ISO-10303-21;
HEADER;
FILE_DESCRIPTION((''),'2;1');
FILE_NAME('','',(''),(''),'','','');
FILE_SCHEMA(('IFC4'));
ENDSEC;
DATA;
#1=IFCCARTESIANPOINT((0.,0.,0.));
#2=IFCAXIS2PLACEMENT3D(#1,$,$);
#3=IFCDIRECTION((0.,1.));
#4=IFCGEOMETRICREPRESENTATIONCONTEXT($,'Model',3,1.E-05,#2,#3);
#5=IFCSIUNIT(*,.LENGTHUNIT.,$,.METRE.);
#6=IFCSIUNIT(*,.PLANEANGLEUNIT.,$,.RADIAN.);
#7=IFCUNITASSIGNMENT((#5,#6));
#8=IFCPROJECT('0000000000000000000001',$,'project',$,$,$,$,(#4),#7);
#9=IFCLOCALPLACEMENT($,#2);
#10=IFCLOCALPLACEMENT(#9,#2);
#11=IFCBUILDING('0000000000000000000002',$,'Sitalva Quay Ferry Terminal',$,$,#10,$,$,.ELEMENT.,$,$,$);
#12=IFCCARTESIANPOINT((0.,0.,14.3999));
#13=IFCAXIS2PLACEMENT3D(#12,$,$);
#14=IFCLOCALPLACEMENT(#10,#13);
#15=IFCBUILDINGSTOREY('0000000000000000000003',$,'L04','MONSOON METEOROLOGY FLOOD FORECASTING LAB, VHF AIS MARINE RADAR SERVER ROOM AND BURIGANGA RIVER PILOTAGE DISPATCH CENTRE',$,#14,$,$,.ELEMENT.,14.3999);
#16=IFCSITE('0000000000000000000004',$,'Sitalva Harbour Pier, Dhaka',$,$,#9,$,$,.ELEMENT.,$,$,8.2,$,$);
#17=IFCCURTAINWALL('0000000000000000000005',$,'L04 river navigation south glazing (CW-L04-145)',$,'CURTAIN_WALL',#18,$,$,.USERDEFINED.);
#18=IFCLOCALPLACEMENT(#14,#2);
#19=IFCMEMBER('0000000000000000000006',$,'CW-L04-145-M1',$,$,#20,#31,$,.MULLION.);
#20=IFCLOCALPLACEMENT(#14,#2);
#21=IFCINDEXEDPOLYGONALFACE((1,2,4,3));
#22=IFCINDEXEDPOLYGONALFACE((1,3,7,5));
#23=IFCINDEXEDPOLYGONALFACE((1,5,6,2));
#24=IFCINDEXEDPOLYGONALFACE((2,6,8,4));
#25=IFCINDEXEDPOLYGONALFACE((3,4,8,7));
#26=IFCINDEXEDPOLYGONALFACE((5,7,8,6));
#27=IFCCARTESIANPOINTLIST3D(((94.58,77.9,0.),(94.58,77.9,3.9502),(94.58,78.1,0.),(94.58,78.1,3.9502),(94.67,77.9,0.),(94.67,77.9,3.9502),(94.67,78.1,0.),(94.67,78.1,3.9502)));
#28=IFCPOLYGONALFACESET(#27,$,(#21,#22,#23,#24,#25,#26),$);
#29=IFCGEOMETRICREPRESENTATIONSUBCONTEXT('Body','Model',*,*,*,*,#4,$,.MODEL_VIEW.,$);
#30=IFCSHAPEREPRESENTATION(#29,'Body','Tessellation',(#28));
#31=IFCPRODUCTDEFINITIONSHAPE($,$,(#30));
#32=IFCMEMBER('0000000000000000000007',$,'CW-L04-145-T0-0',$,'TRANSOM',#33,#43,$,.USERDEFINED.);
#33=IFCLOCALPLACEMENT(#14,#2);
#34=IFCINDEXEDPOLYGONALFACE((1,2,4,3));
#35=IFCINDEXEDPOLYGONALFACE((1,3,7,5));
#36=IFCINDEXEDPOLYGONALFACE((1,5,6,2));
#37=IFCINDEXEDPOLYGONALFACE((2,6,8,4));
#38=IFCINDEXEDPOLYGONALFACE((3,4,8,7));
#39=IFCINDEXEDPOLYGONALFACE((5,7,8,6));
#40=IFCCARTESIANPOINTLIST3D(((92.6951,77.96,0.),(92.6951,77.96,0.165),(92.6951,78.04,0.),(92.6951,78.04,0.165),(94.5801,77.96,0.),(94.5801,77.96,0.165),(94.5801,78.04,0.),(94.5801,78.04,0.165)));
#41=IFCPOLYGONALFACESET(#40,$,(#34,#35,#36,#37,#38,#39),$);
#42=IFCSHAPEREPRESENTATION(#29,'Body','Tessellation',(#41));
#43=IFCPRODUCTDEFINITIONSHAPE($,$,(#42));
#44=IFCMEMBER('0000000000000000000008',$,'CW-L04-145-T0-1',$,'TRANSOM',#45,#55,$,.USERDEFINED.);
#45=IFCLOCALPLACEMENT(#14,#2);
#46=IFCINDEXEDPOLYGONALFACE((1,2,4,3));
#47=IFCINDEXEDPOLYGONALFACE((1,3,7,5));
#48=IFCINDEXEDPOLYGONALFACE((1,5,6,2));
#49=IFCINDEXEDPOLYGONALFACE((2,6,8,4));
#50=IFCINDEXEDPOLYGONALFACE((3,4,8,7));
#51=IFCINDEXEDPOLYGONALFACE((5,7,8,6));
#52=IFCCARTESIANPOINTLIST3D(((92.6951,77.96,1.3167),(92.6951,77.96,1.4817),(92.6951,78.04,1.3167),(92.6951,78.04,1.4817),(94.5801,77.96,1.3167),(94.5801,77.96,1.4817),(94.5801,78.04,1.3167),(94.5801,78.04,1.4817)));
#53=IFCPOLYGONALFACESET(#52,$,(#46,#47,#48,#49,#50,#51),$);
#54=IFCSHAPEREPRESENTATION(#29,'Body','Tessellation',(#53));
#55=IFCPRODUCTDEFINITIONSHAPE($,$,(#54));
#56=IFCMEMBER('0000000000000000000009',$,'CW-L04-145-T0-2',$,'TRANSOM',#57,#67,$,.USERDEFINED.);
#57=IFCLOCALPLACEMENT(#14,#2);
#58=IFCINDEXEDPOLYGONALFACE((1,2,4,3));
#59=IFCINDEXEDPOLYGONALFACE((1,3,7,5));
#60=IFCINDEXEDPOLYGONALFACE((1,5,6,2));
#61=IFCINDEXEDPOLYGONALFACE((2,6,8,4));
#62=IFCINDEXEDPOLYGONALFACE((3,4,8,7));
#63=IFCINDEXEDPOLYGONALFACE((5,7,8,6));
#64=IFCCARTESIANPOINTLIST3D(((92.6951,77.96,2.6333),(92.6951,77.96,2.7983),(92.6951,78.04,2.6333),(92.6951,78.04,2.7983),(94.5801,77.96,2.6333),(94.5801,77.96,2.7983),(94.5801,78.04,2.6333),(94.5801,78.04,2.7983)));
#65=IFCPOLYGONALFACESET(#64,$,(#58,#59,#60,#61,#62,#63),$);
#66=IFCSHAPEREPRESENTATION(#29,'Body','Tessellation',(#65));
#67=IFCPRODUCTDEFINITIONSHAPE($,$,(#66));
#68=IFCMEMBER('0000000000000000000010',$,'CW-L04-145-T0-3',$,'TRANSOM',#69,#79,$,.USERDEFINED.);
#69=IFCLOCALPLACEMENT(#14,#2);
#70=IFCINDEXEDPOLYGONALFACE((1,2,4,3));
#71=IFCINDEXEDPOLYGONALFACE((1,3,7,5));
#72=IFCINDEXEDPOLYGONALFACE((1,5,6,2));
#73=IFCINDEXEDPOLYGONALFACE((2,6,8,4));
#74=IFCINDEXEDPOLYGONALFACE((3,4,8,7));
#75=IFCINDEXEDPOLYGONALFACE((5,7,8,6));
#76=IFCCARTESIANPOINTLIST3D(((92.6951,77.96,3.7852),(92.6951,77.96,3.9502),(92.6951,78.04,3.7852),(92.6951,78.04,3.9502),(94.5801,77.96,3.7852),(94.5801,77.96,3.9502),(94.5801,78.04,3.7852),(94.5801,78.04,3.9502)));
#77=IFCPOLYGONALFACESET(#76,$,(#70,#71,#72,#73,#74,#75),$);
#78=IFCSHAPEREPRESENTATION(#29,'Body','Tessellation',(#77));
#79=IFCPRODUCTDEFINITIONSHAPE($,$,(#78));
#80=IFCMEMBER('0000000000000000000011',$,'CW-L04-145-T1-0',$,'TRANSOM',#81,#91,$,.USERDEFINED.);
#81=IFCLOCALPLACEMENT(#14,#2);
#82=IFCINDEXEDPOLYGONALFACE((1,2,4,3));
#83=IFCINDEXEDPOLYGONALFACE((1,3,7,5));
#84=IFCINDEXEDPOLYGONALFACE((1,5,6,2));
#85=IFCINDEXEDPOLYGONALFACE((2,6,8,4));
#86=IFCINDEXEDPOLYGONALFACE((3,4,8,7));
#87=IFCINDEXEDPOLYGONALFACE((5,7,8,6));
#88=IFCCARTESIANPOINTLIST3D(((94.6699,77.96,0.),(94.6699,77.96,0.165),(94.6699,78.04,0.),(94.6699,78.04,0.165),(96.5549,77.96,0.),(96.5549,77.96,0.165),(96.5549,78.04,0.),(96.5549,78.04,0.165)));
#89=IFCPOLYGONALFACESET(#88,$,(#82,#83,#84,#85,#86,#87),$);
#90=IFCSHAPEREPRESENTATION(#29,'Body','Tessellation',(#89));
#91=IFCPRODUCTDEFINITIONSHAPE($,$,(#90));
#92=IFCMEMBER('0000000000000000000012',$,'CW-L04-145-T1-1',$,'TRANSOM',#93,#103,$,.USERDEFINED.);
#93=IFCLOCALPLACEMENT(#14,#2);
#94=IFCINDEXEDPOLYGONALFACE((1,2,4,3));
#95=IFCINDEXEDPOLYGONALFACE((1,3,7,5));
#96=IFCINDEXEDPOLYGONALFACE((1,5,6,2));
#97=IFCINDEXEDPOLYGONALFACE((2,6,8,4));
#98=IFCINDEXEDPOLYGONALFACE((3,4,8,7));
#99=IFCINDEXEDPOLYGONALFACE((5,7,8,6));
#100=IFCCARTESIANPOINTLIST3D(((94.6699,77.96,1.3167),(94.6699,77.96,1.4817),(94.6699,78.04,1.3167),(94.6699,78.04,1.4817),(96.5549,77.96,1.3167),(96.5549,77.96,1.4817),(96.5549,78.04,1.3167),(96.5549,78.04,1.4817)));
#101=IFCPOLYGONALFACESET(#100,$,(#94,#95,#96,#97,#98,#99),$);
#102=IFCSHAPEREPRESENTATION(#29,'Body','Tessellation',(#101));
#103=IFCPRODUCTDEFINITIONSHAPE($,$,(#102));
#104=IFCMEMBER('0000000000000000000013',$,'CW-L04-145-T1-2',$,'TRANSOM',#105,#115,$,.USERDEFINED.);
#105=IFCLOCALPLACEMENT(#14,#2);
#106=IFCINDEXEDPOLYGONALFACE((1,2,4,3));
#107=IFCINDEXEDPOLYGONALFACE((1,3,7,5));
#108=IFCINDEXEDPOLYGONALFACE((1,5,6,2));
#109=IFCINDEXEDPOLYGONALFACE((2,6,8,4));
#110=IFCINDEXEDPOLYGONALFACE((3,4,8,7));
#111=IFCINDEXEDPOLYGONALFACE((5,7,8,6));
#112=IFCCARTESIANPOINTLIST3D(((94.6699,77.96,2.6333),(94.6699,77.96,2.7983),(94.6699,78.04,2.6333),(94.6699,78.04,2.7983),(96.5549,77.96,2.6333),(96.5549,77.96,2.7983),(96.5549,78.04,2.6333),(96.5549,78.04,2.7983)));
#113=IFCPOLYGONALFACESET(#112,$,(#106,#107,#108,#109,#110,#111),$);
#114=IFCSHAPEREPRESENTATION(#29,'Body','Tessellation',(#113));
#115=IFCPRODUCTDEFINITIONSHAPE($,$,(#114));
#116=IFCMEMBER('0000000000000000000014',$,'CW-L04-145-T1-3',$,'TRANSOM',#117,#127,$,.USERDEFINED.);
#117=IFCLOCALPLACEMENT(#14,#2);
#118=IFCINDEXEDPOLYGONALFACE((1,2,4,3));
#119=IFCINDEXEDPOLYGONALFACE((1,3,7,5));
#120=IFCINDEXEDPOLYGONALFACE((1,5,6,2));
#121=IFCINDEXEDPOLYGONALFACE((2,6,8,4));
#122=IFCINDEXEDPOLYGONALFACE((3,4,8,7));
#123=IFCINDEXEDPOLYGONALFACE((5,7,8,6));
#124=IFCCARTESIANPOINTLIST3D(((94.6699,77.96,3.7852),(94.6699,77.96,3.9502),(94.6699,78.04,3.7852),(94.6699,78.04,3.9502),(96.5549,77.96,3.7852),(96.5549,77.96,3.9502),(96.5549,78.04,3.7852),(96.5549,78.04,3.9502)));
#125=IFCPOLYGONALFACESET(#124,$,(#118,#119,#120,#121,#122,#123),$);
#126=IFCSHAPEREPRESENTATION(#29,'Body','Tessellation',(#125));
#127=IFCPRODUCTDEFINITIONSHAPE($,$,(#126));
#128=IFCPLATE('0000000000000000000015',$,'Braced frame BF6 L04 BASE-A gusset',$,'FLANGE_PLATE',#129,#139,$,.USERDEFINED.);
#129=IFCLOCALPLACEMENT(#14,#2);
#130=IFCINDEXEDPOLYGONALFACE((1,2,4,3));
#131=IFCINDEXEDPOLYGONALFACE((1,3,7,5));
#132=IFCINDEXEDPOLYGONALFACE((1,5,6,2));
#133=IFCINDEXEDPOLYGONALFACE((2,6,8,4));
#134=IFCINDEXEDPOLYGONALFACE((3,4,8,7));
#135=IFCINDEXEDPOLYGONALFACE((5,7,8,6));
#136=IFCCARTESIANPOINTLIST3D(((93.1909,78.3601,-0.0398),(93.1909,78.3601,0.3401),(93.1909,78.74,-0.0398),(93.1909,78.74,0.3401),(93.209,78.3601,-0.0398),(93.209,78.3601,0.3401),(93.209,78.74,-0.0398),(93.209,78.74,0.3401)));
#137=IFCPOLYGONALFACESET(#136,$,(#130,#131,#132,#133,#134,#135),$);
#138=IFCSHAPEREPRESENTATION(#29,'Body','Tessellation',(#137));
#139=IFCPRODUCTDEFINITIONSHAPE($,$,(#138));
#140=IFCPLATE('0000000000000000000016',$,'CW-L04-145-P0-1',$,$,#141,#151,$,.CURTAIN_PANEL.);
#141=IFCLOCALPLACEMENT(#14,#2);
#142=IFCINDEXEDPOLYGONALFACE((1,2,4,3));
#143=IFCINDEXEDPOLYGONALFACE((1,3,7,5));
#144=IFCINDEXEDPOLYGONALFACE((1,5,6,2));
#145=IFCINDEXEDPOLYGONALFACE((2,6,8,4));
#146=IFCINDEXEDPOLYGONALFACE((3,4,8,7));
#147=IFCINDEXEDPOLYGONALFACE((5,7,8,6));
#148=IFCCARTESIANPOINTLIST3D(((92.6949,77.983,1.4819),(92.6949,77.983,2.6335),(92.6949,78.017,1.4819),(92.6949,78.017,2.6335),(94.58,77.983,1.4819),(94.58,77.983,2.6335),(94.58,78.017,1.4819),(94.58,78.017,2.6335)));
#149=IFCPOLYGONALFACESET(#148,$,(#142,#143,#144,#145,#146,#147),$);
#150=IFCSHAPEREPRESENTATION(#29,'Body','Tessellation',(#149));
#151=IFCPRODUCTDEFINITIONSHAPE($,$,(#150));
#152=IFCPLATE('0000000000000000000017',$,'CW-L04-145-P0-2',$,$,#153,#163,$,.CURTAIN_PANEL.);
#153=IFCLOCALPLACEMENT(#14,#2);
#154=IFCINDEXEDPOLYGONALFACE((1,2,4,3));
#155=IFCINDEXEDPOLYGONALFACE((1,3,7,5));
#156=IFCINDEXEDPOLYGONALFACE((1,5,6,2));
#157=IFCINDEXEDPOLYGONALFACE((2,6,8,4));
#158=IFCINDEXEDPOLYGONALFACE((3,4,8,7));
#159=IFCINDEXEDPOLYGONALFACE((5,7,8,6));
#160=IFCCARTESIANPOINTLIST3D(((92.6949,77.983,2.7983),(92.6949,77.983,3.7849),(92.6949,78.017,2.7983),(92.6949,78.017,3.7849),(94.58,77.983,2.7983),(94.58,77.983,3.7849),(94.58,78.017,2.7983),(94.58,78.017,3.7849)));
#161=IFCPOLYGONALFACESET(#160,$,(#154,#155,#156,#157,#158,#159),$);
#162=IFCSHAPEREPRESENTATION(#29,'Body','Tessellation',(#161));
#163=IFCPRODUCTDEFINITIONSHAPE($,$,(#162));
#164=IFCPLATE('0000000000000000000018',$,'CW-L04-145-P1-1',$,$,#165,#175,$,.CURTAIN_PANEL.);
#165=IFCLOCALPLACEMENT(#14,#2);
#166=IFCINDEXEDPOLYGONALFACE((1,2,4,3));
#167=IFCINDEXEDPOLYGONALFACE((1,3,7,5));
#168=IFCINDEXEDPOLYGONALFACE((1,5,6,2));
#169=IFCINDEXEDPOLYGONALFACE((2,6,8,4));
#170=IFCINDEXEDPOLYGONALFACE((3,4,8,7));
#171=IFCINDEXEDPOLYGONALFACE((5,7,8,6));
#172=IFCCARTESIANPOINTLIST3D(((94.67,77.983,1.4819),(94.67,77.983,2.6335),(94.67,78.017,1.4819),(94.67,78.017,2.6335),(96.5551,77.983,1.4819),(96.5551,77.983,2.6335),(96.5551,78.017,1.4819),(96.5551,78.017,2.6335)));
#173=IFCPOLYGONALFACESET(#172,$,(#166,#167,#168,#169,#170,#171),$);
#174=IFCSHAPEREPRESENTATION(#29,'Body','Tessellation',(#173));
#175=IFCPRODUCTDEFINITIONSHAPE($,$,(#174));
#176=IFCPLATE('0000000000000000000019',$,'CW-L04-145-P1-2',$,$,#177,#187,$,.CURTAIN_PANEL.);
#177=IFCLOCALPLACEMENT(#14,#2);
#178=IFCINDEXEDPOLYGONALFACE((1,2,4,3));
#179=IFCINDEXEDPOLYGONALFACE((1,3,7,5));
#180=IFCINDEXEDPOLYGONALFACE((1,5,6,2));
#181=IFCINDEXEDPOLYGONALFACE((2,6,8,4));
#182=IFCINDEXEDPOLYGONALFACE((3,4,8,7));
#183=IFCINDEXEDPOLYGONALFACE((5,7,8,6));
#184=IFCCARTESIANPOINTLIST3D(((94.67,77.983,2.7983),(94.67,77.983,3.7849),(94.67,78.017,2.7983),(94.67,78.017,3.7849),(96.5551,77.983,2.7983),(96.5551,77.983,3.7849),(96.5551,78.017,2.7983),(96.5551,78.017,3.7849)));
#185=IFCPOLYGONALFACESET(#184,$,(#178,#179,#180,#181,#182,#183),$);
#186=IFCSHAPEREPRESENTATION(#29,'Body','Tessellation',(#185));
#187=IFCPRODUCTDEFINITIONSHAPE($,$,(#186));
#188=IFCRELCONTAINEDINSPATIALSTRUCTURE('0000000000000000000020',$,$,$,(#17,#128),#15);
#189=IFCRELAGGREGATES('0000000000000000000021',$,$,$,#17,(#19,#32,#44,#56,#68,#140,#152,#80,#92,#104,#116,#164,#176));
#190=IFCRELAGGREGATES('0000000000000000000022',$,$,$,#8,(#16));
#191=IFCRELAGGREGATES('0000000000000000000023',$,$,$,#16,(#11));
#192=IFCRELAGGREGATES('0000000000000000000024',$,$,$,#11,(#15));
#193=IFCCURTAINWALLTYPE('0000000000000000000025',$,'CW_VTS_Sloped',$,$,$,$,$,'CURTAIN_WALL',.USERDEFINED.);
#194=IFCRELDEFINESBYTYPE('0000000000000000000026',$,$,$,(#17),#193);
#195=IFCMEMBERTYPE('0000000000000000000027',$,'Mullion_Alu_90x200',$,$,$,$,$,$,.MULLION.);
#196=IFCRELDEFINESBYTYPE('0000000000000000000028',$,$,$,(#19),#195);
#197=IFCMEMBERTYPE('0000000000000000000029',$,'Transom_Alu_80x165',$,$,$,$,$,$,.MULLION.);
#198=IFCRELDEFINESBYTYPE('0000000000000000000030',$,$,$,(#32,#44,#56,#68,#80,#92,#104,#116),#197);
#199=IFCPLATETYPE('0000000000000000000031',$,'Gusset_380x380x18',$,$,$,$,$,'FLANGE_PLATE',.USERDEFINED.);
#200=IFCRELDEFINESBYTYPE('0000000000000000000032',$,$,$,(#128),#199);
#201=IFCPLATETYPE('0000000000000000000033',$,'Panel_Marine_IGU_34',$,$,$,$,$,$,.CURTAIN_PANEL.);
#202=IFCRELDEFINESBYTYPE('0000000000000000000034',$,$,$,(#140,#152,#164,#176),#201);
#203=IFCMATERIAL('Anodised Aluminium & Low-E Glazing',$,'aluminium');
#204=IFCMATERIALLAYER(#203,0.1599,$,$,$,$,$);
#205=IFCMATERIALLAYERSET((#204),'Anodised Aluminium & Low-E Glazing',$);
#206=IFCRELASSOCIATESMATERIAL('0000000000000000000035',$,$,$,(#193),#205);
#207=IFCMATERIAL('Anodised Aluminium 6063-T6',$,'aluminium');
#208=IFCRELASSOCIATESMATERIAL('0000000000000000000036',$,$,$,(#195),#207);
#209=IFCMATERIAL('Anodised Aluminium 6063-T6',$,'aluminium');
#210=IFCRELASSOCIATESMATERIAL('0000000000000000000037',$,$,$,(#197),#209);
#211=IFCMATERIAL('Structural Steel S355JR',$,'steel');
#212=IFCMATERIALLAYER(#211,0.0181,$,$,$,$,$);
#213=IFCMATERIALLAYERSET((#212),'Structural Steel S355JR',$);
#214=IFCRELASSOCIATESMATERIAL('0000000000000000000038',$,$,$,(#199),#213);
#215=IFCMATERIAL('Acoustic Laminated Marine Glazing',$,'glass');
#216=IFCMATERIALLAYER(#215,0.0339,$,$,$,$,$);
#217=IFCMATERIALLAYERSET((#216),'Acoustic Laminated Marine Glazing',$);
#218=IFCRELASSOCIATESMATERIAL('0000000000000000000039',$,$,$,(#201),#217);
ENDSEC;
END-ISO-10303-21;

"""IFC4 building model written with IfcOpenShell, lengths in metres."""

from ifc_helpers import new_model, si_unit, direction, frame, origin, origin_2d, place, context, subcontext, project, spatial, rectangle, extrude, material, layer, layer_set, material_profile, profile_set, type_object, element, aggregate, save


model = new_model("IFC4")

# Units and contexts
model_context = context("Model", 3, precision=1e-05, world=origin(), true_north=direction((0.0, 1.0)))
body_context = subcontext(model_context, "Body", "Model", "MODEL_VIEW")
ifc_project = project(units=[si_unit("LENGTHUNIT", "METRE"), si_unit("PLANEANGLEUNIT", "RADIAN")], contexts=[model_context])

# Site, building, storey
site_placement = place(None, origin())
site = spatial("IfcSite", under=ifc_project, at=site_placement, Name="Sitalva Harbour Pier, Dhaka", CompositionType="ELEMENT", RefElevation=8.2)
building_placement = place(site_placement, origin())
building = spatial("IfcBuilding", under=site, at=building_placement, Name="Sitalva Quay Ferry Terminal", CompositionType="ELEMENT")
storey_placement = place(building_placement, frame((0.0, 0.0, 14.3999)))
storey = spatial("IfcBuildingStorey", under=building, at=storey_placement, Name="L04", Description="MONSOON METEOROLOGY FLOOD FORECASTING LAB, VHF AIS MARINE RADAR SERVER ROOM AND BURIGANGA RIVER PILOTAGE DISPATCH CENTRE", CompositionType="ELEMENT", Elevation=14.3999)

# Curtain wall, members
ifc_material_1 = material(Name="Anodised Aluminium & Low-E Glazing", Category="aluminium")
ifc_layer_1 = layer(ifc_material_1, 0.1599)
ifc_layer_set_1 = layer_set([ifc_layer_1], Name="Anodised Aluminium & Low-E Glazing")
curtain_wall_type = type_object("IfcCurtainWallType", Name="CW_VTS_Sloped", ElementType="CURTAIN_WALL", PredefinedType="USERDEFINED", material=ifc_layer_set_1)
curtain_wall_placement = place(storey_placement, origin())
curtain_wall = element("IfcCurtainWall", 1, at=curtain_wall_placement, inside=storey, type_object=curtain_wall_type, Name="L04 river navigation south glazing (CW-L04-145)", ObjectType="CURTAIN_WALL", PredefinedType="USERDEFINED")
ifc_material_2 = material(Name="Anodised Aluminium 6063-T6", Category="aluminium")
ifc_material_profile_1 = material_profile(ifc_material_2, rectangle(XDim=0.0901, YDim=0.2, at=origin_2d()), Name="ALU90x200")
ifc_profile_set_1 = profile_set([ifc_material_profile_1], Name="Anodised Aluminium 6063-T6")
member_type_1 = type_object("IfcMemberType", Name="Mullion_Alu_90x200", PredefinedType="MULLION", material=ifc_profile_set_1)
member_1_placement = place(storey_placement, frame((94.625, 78.0, 0.0), z_axis=(0.0, 0.0, 1.0), x_axis=(1.0, 0.0, 0.0)))
member_1 = element("IfcMember", 2, at=member_1_placement, type_object=member_type_1, Name="CW-L04-145-M1", PredefinedType="MULLION", context=body_context, shape_type="SweptSolid", body=[
    extrude(rectangle(XDim=0.0901, YDim=0.2, at=origin_2d()), origin(), (0.0, 0.0, 1.0), 3.9502),
])
ifc_material_3 = material(Name="Anodised Aluminium 6063-T6", Category="aluminium")
ifc_material_profile_2 = material_profile(ifc_material_3, rectangle(XDim=0.0801, YDim=0.165, at=origin_2d()), Name="ALU80x165")
ifc_profile_set_2 = profile_set([ifc_material_profile_2], Name="Anodised Aluminium 6063-T6")
member_type_2 = type_object("IfcMemberType", Name="Transom_Alu_80x165", PredefinedType="MULLION", material=ifc_profile_set_2)
member_2_placement = place(storey_placement, frame((92.6951, 78.0, 0.0825), z_axis=(1.0, 0.0, 0.0), x_axis=(0.0, 1.0, 0.0)))
member_2 = element("IfcMember", 3, at=member_2_placement, type_object=member_type_2, Name="CW-L04-145-T0-0", ObjectType="TRANSOM", PredefinedType="USERDEFINED", context=body_context, shape_type="SweptSolid", body=[
    extrude(rectangle(XDim=0.0801, YDim=0.165, at=origin_2d()), origin(), (0.0, 0.0, 1.0), 1.885),
])
member_3_placement = place(storey_placement, frame((92.6951, 78.0, 1.3992), z_axis=(1.0, 0.0, 0.0), x_axis=(0.0, 1.0, 0.0)))
member_3 = element("IfcMember", 4, at=member_3_placement, type_object=member_type_2, Name="CW-L04-145-T0-1", ObjectType="TRANSOM", PredefinedType="USERDEFINED", context=body_context, shape_type="SweptSolid", body=[
    extrude(rectangle(XDim=0.0801, YDim=0.165, at=origin_2d()), origin(), (0.0, 0.0, 1.0), 1.885),
])
member_4_placement = place(storey_placement, frame((92.6951, 78.0, 2.7158), z_axis=(1.0, 0.0, 0.0), x_axis=(0.0, 1.0, 0.0)))
member_4 = element("IfcMember", 5, at=member_4_placement, type_object=member_type_2, Name="CW-L04-145-T0-2", ObjectType="TRANSOM", PredefinedType="USERDEFINED", context=body_context, shape_type="SweptSolid", body=[
    extrude(rectangle(XDim=0.0801, YDim=0.165, at=origin_2d()), origin(), (0.0, 0.0, 1.0), 1.885),
])
member_5_placement = place(storey_placement, frame((92.6951, 78.0, 3.8677), z_axis=(1.0, 0.0, 0.0), x_axis=(0.0, 1.0, 0.0)))
member_5 = element("IfcMember", 6, at=member_5_placement, type_object=member_type_2, Name="CW-L04-145-T0-3", ObjectType="TRANSOM", PredefinedType="USERDEFINED", context=body_context, shape_type="SweptSolid", body=[
    extrude(rectangle(XDim=0.0801, YDim=0.165, at=origin_2d()), origin(), (0.0, 0.0, 1.0), 1.885),
])
member_6_placement = place(storey_placement, frame((94.6699, 78.0, 0.0825), z_axis=(1.0, 0.0, 0.0), x_axis=(0.0, 1.0, 0.0)))
member_6 = element("IfcMember", 7, at=member_6_placement, type_object=member_type_2, Name="CW-L04-145-T1-0", ObjectType="TRANSOM", PredefinedType="USERDEFINED", context=body_context, shape_type="SweptSolid", body=[
    extrude(rectangle(XDim=0.0801, YDim=0.165, at=origin_2d()), origin(), (0.0, 0.0, 1.0), 1.885),
])
member_7_placement = place(storey_placement, frame((94.6699, 78.0, 1.3992), z_axis=(1.0, 0.0, 0.0), x_axis=(0.0, 1.0, 0.0)))
member_7 = element("IfcMember", 8, at=member_7_placement, type_object=member_type_2, Name="CW-L04-145-T1-1", ObjectType="TRANSOM", PredefinedType="USERDEFINED", context=body_context, shape_type="SweptSolid", body=[
    extrude(rectangle(XDim=0.0801, YDim=0.165, at=origin_2d()), origin(), (0.0, 0.0, 1.0), 1.885),
])
member_8_placement = place(storey_placement, frame((94.6699, 78.0, 2.7158), z_axis=(1.0, 0.0, 0.0), x_axis=(0.0, 1.0, 0.0)))
member_8 = element("IfcMember", 9, at=member_8_placement, type_object=member_type_2, Name="CW-L04-145-T1-2", ObjectType="TRANSOM", PredefinedType="USERDEFINED", context=body_context, shape_type="SweptSolid", body=[
    extrude(rectangle(XDim=0.0801, YDim=0.165, at=origin_2d()), origin(), (0.0, 0.0, 1.0), 1.885),
])
member_9_placement = place(storey_placement, frame((94.6699, 78.0, 3.8677), z_axis=(1.0, 0.0, 0.0), x_axis=(0.0, 1.0, 0.0)))
member_9 = element("IfcMember", 10, at=member_9_placement, type_object=member_type_2, Name="CW-L04-145-T1-3", ObjectType="TRANSOM", PredefinedType="USERDEFINED", context=body_context, shape_type="SweptSolid", body=[
    extrude(rectangle(XDim=0.0801, YDim=0.165, at=origin_2d()), origin(), (0.0, 0.0, 1.0), 1.885),
])

# Plates
ifc_material_4 = material(Name="Structural Steel S355JR", Category="steel")
ifc_layer_2 = layer(ifc_material_4, 0.0181)
ifc_layer_set_2 = layer_set([ifc_layer_2], Name="Structural Steel S355JR")
plate_type_1 = type_object("IfcPlateType", Name="Gusset_380x380x18", ElementType="FLANGE_PLATE", PredefinedType="USERDEFINED", material=ifc_layer_set_2)
plate_1_placement = place(storey_placement, frame((93.2, 78.55, -0.0398), z_axis=(0.0, 0.0, 1.0), x_axis=(1.0, 0.0, 0.0)))
element("IfcPlate", 11, at=plate_1_placement, inside=storey, type_object=plate_type_1, Name="Braced frame BF6 L04 BASE-A gusset", ObjectType="FLANGE_PLATE", PredefinedType="USERDEFINED", context=body_context, shape_type="SweptSolid", body=[
    extrude(rectangle(XDim=0.0181, YDim=0.3799, at=origin_2d()), origin(), (0.0, 0.0, 1.0), 0.3799),
])
ifc_material_5 = material(Name="Acoustic Laminated Marine Glazing", Category="glass")
ifc_layer_3 = layer(ifc_material_5, 0.0339)
ifc_layer_set_3 = layer_set([ifc_layer_3], Name="Acoustic Laminated Marine Glazing")
plate_type_2 = type_object("IfcPlateType", Name="Panel_Marine_IGU_34", PredefinedType="CURTAIN_PANEL", material=ifc_layer_set_3)
plate_2_placement = place(storey_placement, frame((93.6375, 78.0, 1.4819), z_axis=(0.0, 0.0, 1.0), x_axis=(1.0, 0.0, 0.0)))
plate_2 = element("IfcPlate", 12, at=plate_2_placement, type_object=plate_type_2, Name="CW-L04-145-P0-1", PredefinedType="CURTAIN_PANEL", context=body_context, shape_type="SweptSolid", body=[
    extrude(rectangle(XDim=1.885, YDim=0.0339, at=origin_2d()), origin(), (0.0, 0.0, 1.0), 1.1516),
])
plate_3_placement = place(storey_placement, frame((93.6375, 78.0, 2.7983), z_axis=(0.0, 0.0, 1.0), x_axis=(1.0, 0.0, 0.0)))
plate_3 = element("IfcPlate", 13, at=plate_3_placement, type_object=plate_type_2, Name="CW-L04-145-P0-2", PredefinedType="CURTAIN_PANEL", context=body_context, shape_type="SweptSolid", body=[
    extrude(rectangle(XDim=1.885, YDim=0.0339, at=origin_2d()), origin(), (0.0, 0.0, 1.0), 0.9866),
])
plate_4_placement = place(storey_placement, frame((95.6125, 78.0, 1.4819), z_axis=(0.0, 0.0, 1.0), x_axis=(1.0, 0.0, 0.0)))
plate_4 = element("IfcPlate", 14, at=plate_4_placement, type_object=plate_type_2, Name="CW-L04-145-P1-1", PredefinedType="CURTAIN_PANEL", context=body_context, shape_type="SweptSolid", body=[
    extrude(rectangle(XDim=1.885, YDim=0.0339, at=origin_2d()), origin(), (0.0, 0.0, 1.0), 1.1516),
])
plate_5_placement = place(storey_placement, frame((95.6125, 78.0, 2.7983), z_axis=(0.0, 0.0, 1.0), x_axis=(1.0, 0.0, 0.0)))
plate_5 = element("IfcPlate", 15, at=plate_5_placement, type_object=plate_type_2, Name="CW-L04-145-P1-2", PredefinedType="CURTAIN_PANEL", context=body_context, shape_type="SweptSolid", body=[
    extrude(rectangle(XDim=1.885, YDim=0.0339, at=origin_2d()), origin(), (0.0, 0.0, 1.0), 0.9866),
])
aggregate(curtain_wall, [member_1, member_2, member_3, member_4, member_5, plate_2, plate_3, member_6, member_7, member_8, member_9, plate_4, plate_5])

save(model, "model.ifc")
